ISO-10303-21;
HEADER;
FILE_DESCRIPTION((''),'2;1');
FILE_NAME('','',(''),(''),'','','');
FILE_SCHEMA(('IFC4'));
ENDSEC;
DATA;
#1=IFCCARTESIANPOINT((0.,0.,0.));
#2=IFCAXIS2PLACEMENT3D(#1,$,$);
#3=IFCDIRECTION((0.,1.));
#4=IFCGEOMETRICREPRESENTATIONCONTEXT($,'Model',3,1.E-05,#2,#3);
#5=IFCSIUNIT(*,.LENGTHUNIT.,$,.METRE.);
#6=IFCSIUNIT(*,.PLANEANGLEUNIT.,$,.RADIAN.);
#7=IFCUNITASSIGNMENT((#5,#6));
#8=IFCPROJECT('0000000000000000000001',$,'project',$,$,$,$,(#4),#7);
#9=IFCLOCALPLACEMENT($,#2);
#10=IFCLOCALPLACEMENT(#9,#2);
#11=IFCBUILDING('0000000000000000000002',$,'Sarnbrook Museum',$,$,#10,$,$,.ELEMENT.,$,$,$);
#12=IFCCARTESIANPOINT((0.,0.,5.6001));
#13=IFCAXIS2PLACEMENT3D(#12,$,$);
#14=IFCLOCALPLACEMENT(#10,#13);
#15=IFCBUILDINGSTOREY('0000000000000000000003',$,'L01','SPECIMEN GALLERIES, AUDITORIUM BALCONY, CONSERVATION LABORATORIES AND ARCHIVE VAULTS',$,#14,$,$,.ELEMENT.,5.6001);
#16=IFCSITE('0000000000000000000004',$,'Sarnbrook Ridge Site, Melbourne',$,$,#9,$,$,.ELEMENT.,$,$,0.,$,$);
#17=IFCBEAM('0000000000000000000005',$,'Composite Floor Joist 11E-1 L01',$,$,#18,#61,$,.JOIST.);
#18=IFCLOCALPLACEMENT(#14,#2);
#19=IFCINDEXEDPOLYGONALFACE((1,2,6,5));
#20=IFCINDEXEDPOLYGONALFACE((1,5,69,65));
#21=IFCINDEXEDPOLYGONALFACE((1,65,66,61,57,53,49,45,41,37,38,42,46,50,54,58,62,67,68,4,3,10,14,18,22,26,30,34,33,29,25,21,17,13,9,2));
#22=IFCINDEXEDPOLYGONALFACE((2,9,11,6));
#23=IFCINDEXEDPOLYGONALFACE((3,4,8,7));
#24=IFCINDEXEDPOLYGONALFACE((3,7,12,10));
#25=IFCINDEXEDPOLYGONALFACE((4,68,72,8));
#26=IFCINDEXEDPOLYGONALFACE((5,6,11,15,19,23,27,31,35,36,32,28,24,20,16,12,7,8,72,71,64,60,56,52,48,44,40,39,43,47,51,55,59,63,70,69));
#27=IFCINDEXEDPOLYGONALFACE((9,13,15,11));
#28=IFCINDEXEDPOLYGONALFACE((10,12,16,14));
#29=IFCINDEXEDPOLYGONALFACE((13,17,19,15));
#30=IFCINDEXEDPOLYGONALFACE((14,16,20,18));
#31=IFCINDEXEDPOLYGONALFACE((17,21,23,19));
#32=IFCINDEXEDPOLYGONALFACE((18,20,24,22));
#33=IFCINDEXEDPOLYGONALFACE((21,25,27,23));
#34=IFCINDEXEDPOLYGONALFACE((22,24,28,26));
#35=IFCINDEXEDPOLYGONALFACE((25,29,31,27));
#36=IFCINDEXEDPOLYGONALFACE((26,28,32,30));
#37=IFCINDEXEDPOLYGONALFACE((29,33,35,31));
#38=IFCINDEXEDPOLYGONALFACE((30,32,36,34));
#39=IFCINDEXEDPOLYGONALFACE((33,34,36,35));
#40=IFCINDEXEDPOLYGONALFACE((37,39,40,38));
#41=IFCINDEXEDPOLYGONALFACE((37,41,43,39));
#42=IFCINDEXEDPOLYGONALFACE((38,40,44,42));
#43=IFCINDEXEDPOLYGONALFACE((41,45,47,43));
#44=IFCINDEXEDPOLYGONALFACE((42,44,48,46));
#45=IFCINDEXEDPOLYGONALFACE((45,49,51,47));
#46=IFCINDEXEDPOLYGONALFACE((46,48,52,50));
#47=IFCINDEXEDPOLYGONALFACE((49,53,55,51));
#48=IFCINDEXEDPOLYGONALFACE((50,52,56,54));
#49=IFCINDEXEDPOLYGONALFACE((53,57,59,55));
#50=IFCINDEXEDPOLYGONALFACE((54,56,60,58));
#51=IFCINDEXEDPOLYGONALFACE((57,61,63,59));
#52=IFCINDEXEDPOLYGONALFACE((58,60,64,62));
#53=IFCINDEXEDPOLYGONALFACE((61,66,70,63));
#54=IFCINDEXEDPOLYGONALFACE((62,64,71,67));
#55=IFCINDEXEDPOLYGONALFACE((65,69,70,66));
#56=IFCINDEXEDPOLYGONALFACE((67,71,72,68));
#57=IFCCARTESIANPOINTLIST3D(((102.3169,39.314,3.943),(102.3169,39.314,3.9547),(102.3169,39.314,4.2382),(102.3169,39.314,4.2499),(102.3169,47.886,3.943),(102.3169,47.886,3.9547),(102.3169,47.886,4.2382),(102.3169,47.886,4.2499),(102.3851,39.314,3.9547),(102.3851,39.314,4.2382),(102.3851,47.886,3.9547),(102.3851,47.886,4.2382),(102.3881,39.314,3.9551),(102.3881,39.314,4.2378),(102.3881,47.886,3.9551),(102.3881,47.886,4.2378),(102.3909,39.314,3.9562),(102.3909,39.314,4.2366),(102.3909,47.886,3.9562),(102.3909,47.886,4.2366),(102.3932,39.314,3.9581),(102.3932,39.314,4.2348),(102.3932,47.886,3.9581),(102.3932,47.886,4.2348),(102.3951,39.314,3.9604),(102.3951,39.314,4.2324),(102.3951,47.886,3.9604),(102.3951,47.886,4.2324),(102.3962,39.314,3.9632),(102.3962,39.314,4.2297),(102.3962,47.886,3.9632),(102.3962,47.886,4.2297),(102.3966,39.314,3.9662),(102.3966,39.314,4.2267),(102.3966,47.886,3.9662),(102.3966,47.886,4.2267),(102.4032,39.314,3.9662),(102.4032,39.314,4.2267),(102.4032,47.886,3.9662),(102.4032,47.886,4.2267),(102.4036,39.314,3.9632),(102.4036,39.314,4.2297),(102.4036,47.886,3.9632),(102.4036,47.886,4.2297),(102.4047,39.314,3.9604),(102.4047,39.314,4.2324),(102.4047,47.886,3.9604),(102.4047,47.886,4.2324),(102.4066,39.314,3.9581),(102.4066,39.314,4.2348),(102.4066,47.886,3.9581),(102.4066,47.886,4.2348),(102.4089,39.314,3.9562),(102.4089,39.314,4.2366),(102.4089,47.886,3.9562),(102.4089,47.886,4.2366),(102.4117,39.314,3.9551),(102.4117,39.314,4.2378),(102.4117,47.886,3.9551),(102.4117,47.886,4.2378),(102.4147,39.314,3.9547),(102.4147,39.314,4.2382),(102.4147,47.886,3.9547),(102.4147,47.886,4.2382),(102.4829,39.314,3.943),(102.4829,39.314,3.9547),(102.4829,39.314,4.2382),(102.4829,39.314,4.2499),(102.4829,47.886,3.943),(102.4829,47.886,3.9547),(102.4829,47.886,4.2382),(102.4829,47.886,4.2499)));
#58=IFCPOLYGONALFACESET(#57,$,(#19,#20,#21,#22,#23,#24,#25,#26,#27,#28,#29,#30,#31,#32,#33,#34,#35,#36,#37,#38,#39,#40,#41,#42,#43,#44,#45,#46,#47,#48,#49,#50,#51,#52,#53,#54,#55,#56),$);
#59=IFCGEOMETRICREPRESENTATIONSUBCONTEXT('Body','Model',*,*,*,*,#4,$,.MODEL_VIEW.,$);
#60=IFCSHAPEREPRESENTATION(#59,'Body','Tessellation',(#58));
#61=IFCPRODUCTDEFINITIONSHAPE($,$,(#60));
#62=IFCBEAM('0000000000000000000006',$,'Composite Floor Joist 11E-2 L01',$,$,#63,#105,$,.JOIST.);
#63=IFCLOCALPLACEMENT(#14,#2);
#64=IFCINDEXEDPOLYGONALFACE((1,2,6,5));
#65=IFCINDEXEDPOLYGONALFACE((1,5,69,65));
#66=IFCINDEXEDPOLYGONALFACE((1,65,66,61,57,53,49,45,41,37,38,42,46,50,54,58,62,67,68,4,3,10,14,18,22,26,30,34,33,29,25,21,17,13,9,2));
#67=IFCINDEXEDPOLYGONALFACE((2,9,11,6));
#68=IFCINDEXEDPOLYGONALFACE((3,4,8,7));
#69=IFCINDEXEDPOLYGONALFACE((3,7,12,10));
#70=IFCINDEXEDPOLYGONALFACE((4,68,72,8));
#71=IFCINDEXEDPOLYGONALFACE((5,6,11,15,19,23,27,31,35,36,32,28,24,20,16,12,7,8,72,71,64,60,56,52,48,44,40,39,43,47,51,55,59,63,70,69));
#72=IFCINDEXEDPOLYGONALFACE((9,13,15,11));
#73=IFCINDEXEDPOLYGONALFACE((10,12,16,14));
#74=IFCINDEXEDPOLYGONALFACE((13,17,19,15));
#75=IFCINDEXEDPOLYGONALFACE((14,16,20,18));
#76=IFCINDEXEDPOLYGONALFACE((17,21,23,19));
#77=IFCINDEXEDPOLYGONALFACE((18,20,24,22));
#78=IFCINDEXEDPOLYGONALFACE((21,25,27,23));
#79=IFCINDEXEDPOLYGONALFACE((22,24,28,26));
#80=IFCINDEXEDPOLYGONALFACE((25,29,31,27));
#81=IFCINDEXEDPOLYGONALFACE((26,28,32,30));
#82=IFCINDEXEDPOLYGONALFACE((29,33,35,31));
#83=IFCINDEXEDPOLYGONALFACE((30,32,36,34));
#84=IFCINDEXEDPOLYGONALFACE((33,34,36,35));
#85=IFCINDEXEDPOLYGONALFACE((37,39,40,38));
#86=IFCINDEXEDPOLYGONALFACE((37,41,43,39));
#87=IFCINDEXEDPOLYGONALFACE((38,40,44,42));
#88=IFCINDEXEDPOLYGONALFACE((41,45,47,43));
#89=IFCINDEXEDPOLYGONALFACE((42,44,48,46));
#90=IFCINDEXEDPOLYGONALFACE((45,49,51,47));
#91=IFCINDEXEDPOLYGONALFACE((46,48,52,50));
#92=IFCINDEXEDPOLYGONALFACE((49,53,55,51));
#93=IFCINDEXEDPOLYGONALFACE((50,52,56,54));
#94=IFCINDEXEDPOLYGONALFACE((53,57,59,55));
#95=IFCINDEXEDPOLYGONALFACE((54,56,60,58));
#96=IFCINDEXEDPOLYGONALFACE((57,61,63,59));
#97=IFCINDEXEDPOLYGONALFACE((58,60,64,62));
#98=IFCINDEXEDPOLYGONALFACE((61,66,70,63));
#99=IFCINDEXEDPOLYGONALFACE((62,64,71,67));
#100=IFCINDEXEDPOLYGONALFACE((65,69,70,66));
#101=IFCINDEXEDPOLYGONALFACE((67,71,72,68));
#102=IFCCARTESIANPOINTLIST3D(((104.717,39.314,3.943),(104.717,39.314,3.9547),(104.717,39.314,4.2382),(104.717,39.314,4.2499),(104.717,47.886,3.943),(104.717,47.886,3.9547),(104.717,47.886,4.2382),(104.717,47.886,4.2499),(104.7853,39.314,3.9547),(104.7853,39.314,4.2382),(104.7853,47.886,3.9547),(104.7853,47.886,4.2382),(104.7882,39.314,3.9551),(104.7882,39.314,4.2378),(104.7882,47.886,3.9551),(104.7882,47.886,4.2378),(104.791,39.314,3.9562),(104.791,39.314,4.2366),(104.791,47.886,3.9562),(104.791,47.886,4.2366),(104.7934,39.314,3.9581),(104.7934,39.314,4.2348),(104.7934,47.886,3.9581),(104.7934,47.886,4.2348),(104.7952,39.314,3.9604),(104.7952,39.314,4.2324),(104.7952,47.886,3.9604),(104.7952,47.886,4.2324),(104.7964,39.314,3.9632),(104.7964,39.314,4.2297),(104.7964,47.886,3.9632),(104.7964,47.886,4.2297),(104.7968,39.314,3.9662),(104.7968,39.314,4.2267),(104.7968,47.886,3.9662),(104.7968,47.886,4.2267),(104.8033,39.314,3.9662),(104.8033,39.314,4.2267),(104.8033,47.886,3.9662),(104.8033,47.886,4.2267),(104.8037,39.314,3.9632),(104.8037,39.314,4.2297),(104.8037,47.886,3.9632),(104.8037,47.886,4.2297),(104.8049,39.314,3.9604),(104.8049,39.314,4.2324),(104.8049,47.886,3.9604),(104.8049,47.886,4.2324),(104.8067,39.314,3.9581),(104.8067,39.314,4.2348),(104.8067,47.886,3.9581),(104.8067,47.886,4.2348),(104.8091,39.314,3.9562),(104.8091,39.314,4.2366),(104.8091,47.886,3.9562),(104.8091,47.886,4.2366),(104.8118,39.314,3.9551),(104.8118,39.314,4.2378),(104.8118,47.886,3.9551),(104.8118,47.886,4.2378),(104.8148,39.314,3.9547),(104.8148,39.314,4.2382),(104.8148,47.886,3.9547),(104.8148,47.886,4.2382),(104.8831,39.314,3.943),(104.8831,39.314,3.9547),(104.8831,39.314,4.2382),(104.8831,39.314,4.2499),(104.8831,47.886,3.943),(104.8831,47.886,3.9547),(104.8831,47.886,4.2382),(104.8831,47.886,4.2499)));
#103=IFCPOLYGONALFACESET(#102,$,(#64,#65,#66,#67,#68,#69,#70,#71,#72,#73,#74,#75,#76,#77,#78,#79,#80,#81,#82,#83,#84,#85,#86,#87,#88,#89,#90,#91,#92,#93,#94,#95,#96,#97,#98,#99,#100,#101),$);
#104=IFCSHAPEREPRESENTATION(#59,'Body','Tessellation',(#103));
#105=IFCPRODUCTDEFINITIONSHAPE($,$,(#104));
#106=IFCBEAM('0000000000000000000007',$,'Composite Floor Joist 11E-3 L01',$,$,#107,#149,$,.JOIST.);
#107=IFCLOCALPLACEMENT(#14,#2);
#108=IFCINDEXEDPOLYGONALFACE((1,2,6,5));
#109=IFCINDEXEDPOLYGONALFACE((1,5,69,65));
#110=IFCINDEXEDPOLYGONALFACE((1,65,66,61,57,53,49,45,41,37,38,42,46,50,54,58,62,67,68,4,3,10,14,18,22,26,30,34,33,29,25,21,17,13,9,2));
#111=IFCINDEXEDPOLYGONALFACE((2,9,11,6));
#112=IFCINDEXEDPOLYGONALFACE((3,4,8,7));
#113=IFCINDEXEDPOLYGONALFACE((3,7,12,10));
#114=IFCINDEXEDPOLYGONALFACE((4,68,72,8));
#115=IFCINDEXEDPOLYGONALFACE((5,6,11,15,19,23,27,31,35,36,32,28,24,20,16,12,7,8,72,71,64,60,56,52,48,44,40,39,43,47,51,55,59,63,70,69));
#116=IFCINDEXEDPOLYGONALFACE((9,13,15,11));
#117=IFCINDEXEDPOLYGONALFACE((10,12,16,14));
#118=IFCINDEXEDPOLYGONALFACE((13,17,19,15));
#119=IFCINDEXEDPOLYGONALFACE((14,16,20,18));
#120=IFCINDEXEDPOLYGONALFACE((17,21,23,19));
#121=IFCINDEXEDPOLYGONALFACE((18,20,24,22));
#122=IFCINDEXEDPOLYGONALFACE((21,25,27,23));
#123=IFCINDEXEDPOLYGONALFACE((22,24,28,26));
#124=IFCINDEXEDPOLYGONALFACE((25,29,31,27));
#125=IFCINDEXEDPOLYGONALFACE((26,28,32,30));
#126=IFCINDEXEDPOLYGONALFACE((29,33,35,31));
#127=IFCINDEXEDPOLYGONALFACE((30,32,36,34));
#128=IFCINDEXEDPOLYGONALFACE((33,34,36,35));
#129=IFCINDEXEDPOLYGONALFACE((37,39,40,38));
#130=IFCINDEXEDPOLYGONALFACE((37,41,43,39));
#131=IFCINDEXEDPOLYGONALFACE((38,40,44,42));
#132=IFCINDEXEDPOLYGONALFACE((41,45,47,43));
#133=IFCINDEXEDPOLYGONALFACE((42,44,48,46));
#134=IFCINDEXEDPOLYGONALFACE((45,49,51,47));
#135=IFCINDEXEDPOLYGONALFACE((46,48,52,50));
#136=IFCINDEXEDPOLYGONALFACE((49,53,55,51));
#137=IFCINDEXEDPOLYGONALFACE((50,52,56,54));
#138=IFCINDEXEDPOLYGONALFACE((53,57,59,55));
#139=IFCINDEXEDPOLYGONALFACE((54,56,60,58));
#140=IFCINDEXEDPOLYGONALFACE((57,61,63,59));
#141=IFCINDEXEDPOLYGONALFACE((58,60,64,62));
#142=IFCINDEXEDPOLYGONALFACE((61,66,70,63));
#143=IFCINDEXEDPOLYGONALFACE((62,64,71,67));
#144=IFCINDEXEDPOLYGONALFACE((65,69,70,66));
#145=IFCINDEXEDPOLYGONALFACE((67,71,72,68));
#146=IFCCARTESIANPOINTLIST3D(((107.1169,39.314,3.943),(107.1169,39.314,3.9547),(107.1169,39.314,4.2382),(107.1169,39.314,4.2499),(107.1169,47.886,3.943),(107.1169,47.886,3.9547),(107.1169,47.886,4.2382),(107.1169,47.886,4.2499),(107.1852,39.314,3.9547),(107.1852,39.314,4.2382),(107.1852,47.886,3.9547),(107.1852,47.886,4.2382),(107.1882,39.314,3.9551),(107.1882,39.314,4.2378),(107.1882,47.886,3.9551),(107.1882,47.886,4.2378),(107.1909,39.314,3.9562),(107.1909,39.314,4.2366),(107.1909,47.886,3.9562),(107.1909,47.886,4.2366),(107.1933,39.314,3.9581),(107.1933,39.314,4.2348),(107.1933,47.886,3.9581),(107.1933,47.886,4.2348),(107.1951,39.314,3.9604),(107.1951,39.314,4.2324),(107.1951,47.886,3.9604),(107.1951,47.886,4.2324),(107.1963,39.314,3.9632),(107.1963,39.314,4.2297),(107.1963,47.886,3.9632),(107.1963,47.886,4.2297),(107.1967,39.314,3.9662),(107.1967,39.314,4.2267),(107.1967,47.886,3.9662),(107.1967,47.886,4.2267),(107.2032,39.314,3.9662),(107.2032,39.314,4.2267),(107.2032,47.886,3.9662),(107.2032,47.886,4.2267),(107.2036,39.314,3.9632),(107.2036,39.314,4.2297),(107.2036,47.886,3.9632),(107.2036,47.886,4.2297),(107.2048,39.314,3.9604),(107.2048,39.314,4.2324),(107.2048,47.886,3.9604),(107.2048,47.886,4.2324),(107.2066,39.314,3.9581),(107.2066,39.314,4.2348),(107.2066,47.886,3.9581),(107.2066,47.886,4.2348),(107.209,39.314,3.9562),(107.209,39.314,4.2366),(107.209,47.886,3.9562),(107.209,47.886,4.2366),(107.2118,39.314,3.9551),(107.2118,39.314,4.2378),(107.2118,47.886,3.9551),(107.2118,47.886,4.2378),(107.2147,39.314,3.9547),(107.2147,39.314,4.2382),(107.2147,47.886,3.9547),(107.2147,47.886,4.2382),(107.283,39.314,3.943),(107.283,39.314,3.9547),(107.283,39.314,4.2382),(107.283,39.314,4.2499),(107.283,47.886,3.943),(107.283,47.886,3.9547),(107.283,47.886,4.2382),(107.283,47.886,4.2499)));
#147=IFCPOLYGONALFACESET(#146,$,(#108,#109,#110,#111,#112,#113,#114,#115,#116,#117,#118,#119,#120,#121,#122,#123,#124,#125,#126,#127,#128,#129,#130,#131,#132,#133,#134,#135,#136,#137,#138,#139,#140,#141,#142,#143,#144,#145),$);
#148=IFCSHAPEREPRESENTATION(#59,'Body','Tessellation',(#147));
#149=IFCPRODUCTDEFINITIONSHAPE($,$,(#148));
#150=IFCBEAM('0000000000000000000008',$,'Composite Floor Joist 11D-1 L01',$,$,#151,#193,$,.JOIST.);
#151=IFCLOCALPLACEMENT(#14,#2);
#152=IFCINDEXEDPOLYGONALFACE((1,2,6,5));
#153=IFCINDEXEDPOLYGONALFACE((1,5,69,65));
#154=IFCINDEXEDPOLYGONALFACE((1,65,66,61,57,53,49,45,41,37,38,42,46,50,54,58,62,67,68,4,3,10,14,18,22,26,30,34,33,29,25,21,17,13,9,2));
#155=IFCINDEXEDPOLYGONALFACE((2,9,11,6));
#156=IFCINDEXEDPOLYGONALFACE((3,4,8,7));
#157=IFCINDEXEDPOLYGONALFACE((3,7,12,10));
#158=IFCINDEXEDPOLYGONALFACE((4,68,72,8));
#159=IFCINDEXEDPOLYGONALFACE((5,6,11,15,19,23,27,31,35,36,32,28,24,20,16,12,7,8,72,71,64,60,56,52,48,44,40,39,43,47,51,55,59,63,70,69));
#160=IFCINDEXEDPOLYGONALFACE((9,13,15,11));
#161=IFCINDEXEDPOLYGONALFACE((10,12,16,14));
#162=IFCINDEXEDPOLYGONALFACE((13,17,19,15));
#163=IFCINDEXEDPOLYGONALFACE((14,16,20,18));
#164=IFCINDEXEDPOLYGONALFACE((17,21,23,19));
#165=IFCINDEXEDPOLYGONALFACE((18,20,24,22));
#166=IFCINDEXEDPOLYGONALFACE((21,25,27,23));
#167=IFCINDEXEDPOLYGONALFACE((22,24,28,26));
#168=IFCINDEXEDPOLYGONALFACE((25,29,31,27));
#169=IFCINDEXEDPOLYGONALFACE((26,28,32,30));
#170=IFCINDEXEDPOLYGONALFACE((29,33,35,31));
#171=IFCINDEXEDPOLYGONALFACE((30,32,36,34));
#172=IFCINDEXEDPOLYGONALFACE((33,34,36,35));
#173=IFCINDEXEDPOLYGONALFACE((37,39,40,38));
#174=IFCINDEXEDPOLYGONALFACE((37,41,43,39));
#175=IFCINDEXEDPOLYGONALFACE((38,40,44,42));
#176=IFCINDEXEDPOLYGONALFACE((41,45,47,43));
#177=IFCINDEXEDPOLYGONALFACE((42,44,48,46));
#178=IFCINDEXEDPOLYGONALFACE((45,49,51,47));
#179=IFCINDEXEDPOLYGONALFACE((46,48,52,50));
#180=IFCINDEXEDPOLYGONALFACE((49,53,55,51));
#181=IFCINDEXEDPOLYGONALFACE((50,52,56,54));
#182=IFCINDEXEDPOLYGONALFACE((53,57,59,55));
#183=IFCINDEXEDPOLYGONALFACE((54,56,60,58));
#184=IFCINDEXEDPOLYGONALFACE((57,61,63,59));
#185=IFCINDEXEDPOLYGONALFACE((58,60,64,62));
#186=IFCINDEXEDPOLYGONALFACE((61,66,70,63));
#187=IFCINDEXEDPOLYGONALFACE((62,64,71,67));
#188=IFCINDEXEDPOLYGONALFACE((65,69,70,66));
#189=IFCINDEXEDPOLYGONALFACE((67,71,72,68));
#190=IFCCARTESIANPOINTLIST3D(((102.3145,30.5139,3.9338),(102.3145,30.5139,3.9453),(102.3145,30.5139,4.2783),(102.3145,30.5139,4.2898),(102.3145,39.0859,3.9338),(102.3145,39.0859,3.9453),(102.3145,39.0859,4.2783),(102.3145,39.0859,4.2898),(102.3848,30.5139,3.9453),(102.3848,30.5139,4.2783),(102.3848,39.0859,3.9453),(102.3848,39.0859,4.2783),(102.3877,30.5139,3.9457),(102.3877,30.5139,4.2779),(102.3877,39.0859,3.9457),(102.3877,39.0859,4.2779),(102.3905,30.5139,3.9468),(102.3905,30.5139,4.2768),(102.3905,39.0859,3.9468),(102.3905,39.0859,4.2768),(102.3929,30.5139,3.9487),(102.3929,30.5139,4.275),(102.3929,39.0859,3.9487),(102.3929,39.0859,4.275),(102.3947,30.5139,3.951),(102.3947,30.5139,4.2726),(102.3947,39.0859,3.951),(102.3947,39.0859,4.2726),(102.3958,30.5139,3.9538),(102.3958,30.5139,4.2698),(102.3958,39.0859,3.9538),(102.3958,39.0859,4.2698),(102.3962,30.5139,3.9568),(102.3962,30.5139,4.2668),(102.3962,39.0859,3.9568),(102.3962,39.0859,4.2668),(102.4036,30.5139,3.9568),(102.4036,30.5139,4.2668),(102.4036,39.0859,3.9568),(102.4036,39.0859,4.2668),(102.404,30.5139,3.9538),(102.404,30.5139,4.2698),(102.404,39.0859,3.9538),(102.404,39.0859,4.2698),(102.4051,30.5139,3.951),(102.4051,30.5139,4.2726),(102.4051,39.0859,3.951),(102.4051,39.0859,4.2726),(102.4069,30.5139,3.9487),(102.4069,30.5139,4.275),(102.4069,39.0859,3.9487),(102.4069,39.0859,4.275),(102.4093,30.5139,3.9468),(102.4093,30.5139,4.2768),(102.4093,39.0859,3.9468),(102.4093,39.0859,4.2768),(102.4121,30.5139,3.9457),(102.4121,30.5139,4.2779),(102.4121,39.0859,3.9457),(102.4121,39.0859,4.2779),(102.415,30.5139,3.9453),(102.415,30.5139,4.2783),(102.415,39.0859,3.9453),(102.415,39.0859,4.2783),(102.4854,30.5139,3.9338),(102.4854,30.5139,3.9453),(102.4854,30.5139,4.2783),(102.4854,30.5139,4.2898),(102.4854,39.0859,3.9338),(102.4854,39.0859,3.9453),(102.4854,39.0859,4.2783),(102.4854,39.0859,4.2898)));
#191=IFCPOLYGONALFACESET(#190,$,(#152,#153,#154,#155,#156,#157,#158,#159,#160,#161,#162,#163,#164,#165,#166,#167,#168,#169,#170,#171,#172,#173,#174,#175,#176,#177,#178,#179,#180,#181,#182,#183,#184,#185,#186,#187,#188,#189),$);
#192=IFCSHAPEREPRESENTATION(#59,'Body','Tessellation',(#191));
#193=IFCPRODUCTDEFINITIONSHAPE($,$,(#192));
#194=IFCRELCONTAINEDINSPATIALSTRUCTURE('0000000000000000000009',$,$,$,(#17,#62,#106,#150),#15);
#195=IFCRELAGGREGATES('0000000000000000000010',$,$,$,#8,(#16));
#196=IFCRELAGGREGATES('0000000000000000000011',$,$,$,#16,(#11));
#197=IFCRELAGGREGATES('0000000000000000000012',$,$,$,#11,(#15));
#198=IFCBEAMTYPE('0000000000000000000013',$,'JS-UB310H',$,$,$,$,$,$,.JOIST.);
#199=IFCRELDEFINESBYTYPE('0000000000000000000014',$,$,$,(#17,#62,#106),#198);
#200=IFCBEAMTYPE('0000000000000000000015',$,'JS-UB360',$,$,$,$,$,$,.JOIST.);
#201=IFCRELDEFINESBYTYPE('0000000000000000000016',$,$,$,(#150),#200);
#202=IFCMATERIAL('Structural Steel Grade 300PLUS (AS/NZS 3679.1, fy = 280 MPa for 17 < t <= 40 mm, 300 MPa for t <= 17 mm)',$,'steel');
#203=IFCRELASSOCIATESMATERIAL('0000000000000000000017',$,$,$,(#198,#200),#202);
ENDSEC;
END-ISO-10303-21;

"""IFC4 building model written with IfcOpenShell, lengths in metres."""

from ifc_helpers import new_model, si_unit, direction, frame, origin, origin_2d, place, context, subcontext, project, spatial, i_section, extrude, material, material_profile, profile_set, type_object, element, save


model = new_model("IFC4")

# Units and contexts
model_context = context("Model", 3, precision=1e-05, world=origin(), true_north=direction((0.0, 1.0)))
body_context = subcontext(model_context, "Body", "Model", "MODEL_VIEW")
ifc_project = project(units=[si_unit("LENGTHUNIT", "METRE"), si_unit("PLANEANGLEUNIT", "RADIAN")], contexts=[model_context])

# Site, building, storey
site_placement = place(None, origin())
site = spatial("IfcSite", under=ifc_project, at=site_placement, Name="Sarnbrook Ridge Site, Melbourne", CompositionType="ELEMENT", RefElevation=0.0)
building_placement = place(site_placement, origin())
building = spatial("IfcBuilding", under=site, at=building_placement, Name="Sarnbrook Museum", CompositionType="ELEMENT")
storey_placement = place(building_placement, frame((0.0, 0.0, 5.6001)))
storey = spatial("IfcBuildingStorey", under=building, at=storey_placement, Name="L01", Description="SPECIMEN GALLERIES, AUDITORIUM BALCONY, CONSERVATION LABORATORIES AND ARCHIVE VAULTS", CompositionType="ELEMENT", Elevation=5.6001)

# Shared definitions
ifc_material_1 = material(Name="Structural Steel Grade 300PLUS (AS/NZS 3679.1, fy = 280 MPa for 17 < t <= 40 mm, 300 MPa for t <= 17 mm)", Category="steel")

# Beams
ifc_material_profile_1 = material_profile(ifc_material_1, i_section(OverallWidth=0.166, OverallDepth=0.3069, WebThickness=0.0066, FlangeThickness=0.0117, FilletRadius=0.0115, at=origin_2d()), Name="310UB46.2")
ifc_profile_set_1 = profile_set([ifc_material_profile_1], Name="Structural Steel Grade 300PLUS (AS/NZS 3679.1, fy = 280 MPa for 17 < t <= 40 mm, 300 MPa for t <= 17 mm)")
beam_type_1 = type_object("IfcBeamType", Name="JS-UB310H", PredefinedType="JOIST", material=ifc_profile_set_1)
for number, where, z_axis, x_axis, name in (
    (1, (102.3999, 39.314, 4.0964), (0.0, 1.0, 0.0), (-1.0, 0.0, 0.0), "Composite Floor Joist 11E-1 L01"),
    (2, (104.8, 39.314, 4.0964), (0.0, 1.0, 0.0), (-1.0, 0.0, 0.0), "Composite Floor Joist 11E-2 L01"),
    (3, (107.2, 39.314, 4.0964), (0.0, 1.0, 0.0), (-1.0, 0.0, 0.0), "Composite Floor Joist 11E-3 L01"),
):
    element("IfcBeam", number, at=place(storey_placement, frame(where, z_axis=z_axis, x_axis=x_axis)), inside=storey, type_object=beam_type_1, Name=name, PredefinedType="JOIST", context=body_context, shape_type="SweptSolid", body=[
        extrude(i_section(OverallWidth=0.166, OverallDepth=0.3069, WebThickness=0.0066, FlangeThickness=0.0117, FilletRadius=0.0115, at=origin_2d()), origin(), (0.0, 0.0, 1.0), 8.572),
    ])
ifc_material_profile_2 = material_profile(ifc_material_1, i_section(OverallWidth=0.1709, OverallDepth=0.356, WebThickness=0.0073, FlangeThickness=0.0115, FilletRadius=0.0115, at=origin_2d()), Name="360UB50.7")
ifc_profile_set_2 = profile_set([ifc_material_profile_2], Name="Structural Steel Grade 300PLUS (AS/NZS 3679.1, fy = 280 MPa for 17 < t <= 40 mm, 300 MPa for t <= 17 mm)")
beam_type_2 = type_object("IfcBeamType", Name="JS-UB360", PredefinedType="JOIST", material=ifc_profile_set_2)
for number, where, z_axis, x_axis, name in (
    (4, (102.3999, 30.5139, 4.1118), (0.0, 1.0, 0.0), (-1.0, 0.0, 0.0), "Composite Floor Joist 11D-1 L01"),
):
    element("IfcBeam", number, at=place(storey_placement, frame(where, z_axis=z_axis, x_axis=x_axis)), inside=storey, type_object=beam_type_2, Name=name, PredefinedType="JOIST", context=body_context, shape_type="SweptSolid", body=[
        extrude(i_section(OverallWidth=0.1709, OverallDepth=0.356, WebThickness=0.0073, FlangeThickness=0.0115, FilletRadius=0.0115, at=origin_2d()), origin(), (0.0, 0.0, 1.0), 8.572),
    ])

save(model, "model.ifc")
